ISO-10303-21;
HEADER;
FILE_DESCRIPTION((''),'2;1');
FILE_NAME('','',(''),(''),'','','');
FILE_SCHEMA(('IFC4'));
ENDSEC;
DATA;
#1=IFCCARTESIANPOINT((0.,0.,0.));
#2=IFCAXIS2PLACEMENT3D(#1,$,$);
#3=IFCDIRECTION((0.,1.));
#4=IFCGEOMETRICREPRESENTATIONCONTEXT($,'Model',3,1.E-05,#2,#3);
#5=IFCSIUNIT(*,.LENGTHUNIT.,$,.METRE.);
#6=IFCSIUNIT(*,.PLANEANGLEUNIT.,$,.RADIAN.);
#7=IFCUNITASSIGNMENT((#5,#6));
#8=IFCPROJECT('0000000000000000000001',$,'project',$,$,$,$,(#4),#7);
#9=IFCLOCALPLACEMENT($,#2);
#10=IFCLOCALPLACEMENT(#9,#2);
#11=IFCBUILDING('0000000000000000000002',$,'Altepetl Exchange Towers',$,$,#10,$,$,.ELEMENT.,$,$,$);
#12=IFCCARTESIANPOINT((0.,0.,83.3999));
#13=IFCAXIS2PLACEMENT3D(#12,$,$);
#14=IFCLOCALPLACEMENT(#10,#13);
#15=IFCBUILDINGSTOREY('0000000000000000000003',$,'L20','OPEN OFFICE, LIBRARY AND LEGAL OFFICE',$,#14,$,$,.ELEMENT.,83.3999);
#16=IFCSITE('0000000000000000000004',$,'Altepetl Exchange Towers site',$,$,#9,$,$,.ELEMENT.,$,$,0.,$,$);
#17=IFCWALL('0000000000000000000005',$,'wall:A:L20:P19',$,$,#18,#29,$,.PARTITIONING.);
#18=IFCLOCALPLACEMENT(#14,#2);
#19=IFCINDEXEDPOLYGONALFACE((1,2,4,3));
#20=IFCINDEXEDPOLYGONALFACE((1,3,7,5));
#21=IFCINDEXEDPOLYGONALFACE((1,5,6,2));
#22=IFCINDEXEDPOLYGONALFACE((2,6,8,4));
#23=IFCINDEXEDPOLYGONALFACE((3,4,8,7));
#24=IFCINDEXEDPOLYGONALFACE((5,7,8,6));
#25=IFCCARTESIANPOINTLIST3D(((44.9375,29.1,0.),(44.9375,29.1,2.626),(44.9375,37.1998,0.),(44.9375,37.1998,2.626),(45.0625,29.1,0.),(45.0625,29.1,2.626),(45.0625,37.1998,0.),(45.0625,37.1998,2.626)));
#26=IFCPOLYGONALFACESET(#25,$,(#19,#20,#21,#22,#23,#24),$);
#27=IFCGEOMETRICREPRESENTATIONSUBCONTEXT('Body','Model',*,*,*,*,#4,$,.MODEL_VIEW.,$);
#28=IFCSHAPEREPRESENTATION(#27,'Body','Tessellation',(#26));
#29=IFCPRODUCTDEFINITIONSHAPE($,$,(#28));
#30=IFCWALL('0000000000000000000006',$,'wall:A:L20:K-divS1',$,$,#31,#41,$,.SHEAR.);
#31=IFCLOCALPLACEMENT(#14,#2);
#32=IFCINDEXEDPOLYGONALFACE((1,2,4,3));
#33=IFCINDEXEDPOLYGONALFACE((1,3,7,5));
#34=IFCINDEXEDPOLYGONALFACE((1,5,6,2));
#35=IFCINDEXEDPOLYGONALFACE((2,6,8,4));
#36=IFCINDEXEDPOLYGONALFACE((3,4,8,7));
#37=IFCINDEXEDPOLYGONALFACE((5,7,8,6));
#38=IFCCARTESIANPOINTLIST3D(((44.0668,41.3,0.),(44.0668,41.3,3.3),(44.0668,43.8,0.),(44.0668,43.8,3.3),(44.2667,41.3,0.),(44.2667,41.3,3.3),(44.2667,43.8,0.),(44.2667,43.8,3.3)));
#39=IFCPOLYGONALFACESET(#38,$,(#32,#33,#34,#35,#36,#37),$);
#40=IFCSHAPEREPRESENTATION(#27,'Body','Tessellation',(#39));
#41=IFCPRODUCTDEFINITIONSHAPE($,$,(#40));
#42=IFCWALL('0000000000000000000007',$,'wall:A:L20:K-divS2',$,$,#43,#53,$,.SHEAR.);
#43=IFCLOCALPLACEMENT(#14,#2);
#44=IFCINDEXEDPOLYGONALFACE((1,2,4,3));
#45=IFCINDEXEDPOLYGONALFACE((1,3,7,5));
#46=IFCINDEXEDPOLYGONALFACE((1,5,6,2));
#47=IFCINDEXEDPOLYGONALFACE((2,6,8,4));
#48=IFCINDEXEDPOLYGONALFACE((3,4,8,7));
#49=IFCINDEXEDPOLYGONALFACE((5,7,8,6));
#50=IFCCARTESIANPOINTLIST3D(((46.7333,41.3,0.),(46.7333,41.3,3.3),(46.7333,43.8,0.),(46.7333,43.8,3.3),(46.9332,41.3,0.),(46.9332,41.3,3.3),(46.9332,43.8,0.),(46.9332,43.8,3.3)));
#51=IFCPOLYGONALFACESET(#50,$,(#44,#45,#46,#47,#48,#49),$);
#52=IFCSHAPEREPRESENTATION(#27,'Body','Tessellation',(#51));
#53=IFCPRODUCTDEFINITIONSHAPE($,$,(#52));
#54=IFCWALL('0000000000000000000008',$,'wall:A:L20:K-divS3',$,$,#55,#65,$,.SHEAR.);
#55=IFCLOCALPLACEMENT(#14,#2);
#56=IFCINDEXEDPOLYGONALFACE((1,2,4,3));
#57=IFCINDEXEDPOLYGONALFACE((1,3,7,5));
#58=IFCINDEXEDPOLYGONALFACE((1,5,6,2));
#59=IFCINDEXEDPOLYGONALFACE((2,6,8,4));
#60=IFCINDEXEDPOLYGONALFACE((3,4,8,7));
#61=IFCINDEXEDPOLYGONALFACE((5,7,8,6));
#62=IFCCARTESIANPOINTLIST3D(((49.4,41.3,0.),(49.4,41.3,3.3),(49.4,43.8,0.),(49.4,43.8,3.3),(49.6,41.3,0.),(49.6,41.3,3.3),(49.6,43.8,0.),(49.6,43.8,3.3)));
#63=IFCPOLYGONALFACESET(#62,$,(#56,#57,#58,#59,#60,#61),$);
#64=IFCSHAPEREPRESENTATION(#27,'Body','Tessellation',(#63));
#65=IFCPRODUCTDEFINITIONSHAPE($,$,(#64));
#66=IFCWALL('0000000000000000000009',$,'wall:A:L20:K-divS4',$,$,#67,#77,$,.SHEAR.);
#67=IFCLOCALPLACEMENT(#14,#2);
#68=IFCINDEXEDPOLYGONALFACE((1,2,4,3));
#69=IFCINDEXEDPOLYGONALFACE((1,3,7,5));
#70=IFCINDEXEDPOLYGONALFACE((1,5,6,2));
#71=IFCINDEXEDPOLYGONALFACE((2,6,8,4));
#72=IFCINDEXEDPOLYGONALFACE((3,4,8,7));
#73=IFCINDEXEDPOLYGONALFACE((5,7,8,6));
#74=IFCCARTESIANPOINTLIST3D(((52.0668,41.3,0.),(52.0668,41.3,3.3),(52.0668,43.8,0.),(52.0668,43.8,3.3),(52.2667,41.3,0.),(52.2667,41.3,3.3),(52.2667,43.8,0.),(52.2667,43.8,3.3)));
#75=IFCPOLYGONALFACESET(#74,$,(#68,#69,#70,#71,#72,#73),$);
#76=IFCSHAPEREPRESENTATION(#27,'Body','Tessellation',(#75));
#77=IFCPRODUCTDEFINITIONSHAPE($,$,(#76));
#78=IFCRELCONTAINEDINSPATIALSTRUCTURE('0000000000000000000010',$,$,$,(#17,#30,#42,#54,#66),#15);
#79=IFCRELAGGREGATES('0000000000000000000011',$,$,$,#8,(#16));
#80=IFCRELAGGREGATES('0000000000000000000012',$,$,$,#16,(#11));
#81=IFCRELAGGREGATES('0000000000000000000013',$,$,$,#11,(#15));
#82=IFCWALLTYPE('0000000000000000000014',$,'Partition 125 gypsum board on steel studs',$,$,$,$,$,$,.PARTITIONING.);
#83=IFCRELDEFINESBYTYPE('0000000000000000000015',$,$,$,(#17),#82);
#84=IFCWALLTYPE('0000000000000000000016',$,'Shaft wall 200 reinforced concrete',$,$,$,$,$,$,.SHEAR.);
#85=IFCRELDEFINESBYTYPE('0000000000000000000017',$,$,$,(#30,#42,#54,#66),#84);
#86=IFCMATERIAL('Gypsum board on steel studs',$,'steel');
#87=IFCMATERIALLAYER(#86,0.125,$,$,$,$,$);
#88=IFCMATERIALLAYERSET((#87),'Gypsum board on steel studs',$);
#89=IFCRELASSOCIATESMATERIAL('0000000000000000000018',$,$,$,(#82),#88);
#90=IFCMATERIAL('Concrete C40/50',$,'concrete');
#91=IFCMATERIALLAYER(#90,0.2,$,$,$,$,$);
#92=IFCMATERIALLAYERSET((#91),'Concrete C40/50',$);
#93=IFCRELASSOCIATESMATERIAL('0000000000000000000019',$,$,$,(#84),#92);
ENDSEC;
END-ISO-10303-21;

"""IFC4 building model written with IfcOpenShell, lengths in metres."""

from ifc_helpers import new_model, si_unit, direction, frame, frame_2d, origin, place, context, subcontext, project, spatial, rectangle, extrude, material, layer, layer_set, type_object, element, save


model = new_model("IFC4")

# Units and contexts
model_context = context("Model", 3, precision=1e-05, world=origin(), true_north=direction((0.0, 1.0)))
body_context = subcontext(model_context, "Body", "Model", "MODEL_VIEW")
ifc_project = project(units=[si_unit("LENGTHUNIT", "METRE"), si_unit("PLANEANGLEUNIT", "RADIAN")], contexts=[model_context])

# Site, building, storey
site_placement = place(None, origin())
site = spatial("IfcSite", under=ifc_project, at=site_placement, Name="Altepetl Exchange Towers site", CompositionType="ELEMENT", RefElevation=0.0)
building_placement = place(site_placement, origin())
building = spatial("IfcBuilding", under=site, at=building_placement, Name="Altepetl Exchange Towers", CompositionType="ELEMENT")
storey_placement = place(building_placement, frame((0.0, 0.0, 83.3999)))
storey = spatial("IfcBuildingStorey", under=building, at=storey_placement, Name="L20", Description="OPEN OFFICE, LIBRARY AND LEGAL OFFICE", CompositionType="ELEMENT", Elevation=83.3999)

# Walls
ifc_material_1 = material(Name="Gypsum board on steel studs", Category="steel")
ifc_layer_1 = layer(ifc_material_1, 0.125)
ifc_layer_set_1 = layer_set([ifc_layer_1], Name="Gypsum board on steel studs")
wall_type_1 = type_object("IfcWallType", Name="Partition 125 gypsum board on steel studs", PredefinedType="PARTITIONING", material=ifc_layer_set_1)
wall_1_placement = place(storey_placement, frame((45.0, 29.1001, 0.0), z_axis=(0.0, 0.0, 1.0), x_axis=(0.0, 1.0, 0.0)))
element("IfcWall", 1, at=wall_1_placement, inside=storey, type_object=wall_type_1, Name="wall:A:L20:P19", PredefinedType="PARTITIONING", context=body_context, shape_type="SweptSolid", body=[
    extrude(rectangle(XDim=8.0999, YDim=0.125, at=frame_2d((4.0498, 0.0))), origin(), (0.0, 0.0, 1.0), 2.626),
])
ifc_material_2 = material(Name="Concrete C40/50", Category="concrete")
ifc_layer_2 = layer(ifc_material_2, 0.2)
ifc_layer_set_2 = layer_set([ifc_layer_2], Name="Concrete C40/50")
wall_type_2 = type_object("IfcWallType", Name="Shaft wall 200 reinforced concrete", PredefinedType="SHEAR", material=ifc_layer_set_2)
for number, where, z_axis, x_axis, name in (
    (2, (44.1667, 41.3, 0.0), (0.0, 0.0, 1.0), (0.0, 1.0, 0.0), "wall:A:L20:K-divS1"),
    (3, (46.8333, 41.3, 0.0), (0.0, 0.0, 1.0), (0.0, 1.0, 0.0), "wall:A:L20:K-divS2"),
    (4, (49.5, 41.3, 0.0), (0.0, 0.0, 1.0), (0.0, 1.0, 0.0), "wall:A:L20:K-divS3"),
    (5, (52.1667, 41.3, 0.0), (0.0, 0.0, 1.0), (0.0, 1.0, 0.0), "wall:A:L20:K-divS4"),
):
    element("IfcWall", number, at=place(storey_placement, frame(where, z_axis=z_axis, x_axis=x_axis)), inside=storey, type_object=wall_type_2, Name=name, PredefinedType="SHEAR", context=body_context, shape_type="SweptSolid", body=[
        extrude(rectangle(XDim=2.5, YDim=0.2, at=frame_2d((1.25, 0.0))), origin(), (0.0, 0.0, 1.0), 3.3),
    ])

save(model, "model.ifc")
